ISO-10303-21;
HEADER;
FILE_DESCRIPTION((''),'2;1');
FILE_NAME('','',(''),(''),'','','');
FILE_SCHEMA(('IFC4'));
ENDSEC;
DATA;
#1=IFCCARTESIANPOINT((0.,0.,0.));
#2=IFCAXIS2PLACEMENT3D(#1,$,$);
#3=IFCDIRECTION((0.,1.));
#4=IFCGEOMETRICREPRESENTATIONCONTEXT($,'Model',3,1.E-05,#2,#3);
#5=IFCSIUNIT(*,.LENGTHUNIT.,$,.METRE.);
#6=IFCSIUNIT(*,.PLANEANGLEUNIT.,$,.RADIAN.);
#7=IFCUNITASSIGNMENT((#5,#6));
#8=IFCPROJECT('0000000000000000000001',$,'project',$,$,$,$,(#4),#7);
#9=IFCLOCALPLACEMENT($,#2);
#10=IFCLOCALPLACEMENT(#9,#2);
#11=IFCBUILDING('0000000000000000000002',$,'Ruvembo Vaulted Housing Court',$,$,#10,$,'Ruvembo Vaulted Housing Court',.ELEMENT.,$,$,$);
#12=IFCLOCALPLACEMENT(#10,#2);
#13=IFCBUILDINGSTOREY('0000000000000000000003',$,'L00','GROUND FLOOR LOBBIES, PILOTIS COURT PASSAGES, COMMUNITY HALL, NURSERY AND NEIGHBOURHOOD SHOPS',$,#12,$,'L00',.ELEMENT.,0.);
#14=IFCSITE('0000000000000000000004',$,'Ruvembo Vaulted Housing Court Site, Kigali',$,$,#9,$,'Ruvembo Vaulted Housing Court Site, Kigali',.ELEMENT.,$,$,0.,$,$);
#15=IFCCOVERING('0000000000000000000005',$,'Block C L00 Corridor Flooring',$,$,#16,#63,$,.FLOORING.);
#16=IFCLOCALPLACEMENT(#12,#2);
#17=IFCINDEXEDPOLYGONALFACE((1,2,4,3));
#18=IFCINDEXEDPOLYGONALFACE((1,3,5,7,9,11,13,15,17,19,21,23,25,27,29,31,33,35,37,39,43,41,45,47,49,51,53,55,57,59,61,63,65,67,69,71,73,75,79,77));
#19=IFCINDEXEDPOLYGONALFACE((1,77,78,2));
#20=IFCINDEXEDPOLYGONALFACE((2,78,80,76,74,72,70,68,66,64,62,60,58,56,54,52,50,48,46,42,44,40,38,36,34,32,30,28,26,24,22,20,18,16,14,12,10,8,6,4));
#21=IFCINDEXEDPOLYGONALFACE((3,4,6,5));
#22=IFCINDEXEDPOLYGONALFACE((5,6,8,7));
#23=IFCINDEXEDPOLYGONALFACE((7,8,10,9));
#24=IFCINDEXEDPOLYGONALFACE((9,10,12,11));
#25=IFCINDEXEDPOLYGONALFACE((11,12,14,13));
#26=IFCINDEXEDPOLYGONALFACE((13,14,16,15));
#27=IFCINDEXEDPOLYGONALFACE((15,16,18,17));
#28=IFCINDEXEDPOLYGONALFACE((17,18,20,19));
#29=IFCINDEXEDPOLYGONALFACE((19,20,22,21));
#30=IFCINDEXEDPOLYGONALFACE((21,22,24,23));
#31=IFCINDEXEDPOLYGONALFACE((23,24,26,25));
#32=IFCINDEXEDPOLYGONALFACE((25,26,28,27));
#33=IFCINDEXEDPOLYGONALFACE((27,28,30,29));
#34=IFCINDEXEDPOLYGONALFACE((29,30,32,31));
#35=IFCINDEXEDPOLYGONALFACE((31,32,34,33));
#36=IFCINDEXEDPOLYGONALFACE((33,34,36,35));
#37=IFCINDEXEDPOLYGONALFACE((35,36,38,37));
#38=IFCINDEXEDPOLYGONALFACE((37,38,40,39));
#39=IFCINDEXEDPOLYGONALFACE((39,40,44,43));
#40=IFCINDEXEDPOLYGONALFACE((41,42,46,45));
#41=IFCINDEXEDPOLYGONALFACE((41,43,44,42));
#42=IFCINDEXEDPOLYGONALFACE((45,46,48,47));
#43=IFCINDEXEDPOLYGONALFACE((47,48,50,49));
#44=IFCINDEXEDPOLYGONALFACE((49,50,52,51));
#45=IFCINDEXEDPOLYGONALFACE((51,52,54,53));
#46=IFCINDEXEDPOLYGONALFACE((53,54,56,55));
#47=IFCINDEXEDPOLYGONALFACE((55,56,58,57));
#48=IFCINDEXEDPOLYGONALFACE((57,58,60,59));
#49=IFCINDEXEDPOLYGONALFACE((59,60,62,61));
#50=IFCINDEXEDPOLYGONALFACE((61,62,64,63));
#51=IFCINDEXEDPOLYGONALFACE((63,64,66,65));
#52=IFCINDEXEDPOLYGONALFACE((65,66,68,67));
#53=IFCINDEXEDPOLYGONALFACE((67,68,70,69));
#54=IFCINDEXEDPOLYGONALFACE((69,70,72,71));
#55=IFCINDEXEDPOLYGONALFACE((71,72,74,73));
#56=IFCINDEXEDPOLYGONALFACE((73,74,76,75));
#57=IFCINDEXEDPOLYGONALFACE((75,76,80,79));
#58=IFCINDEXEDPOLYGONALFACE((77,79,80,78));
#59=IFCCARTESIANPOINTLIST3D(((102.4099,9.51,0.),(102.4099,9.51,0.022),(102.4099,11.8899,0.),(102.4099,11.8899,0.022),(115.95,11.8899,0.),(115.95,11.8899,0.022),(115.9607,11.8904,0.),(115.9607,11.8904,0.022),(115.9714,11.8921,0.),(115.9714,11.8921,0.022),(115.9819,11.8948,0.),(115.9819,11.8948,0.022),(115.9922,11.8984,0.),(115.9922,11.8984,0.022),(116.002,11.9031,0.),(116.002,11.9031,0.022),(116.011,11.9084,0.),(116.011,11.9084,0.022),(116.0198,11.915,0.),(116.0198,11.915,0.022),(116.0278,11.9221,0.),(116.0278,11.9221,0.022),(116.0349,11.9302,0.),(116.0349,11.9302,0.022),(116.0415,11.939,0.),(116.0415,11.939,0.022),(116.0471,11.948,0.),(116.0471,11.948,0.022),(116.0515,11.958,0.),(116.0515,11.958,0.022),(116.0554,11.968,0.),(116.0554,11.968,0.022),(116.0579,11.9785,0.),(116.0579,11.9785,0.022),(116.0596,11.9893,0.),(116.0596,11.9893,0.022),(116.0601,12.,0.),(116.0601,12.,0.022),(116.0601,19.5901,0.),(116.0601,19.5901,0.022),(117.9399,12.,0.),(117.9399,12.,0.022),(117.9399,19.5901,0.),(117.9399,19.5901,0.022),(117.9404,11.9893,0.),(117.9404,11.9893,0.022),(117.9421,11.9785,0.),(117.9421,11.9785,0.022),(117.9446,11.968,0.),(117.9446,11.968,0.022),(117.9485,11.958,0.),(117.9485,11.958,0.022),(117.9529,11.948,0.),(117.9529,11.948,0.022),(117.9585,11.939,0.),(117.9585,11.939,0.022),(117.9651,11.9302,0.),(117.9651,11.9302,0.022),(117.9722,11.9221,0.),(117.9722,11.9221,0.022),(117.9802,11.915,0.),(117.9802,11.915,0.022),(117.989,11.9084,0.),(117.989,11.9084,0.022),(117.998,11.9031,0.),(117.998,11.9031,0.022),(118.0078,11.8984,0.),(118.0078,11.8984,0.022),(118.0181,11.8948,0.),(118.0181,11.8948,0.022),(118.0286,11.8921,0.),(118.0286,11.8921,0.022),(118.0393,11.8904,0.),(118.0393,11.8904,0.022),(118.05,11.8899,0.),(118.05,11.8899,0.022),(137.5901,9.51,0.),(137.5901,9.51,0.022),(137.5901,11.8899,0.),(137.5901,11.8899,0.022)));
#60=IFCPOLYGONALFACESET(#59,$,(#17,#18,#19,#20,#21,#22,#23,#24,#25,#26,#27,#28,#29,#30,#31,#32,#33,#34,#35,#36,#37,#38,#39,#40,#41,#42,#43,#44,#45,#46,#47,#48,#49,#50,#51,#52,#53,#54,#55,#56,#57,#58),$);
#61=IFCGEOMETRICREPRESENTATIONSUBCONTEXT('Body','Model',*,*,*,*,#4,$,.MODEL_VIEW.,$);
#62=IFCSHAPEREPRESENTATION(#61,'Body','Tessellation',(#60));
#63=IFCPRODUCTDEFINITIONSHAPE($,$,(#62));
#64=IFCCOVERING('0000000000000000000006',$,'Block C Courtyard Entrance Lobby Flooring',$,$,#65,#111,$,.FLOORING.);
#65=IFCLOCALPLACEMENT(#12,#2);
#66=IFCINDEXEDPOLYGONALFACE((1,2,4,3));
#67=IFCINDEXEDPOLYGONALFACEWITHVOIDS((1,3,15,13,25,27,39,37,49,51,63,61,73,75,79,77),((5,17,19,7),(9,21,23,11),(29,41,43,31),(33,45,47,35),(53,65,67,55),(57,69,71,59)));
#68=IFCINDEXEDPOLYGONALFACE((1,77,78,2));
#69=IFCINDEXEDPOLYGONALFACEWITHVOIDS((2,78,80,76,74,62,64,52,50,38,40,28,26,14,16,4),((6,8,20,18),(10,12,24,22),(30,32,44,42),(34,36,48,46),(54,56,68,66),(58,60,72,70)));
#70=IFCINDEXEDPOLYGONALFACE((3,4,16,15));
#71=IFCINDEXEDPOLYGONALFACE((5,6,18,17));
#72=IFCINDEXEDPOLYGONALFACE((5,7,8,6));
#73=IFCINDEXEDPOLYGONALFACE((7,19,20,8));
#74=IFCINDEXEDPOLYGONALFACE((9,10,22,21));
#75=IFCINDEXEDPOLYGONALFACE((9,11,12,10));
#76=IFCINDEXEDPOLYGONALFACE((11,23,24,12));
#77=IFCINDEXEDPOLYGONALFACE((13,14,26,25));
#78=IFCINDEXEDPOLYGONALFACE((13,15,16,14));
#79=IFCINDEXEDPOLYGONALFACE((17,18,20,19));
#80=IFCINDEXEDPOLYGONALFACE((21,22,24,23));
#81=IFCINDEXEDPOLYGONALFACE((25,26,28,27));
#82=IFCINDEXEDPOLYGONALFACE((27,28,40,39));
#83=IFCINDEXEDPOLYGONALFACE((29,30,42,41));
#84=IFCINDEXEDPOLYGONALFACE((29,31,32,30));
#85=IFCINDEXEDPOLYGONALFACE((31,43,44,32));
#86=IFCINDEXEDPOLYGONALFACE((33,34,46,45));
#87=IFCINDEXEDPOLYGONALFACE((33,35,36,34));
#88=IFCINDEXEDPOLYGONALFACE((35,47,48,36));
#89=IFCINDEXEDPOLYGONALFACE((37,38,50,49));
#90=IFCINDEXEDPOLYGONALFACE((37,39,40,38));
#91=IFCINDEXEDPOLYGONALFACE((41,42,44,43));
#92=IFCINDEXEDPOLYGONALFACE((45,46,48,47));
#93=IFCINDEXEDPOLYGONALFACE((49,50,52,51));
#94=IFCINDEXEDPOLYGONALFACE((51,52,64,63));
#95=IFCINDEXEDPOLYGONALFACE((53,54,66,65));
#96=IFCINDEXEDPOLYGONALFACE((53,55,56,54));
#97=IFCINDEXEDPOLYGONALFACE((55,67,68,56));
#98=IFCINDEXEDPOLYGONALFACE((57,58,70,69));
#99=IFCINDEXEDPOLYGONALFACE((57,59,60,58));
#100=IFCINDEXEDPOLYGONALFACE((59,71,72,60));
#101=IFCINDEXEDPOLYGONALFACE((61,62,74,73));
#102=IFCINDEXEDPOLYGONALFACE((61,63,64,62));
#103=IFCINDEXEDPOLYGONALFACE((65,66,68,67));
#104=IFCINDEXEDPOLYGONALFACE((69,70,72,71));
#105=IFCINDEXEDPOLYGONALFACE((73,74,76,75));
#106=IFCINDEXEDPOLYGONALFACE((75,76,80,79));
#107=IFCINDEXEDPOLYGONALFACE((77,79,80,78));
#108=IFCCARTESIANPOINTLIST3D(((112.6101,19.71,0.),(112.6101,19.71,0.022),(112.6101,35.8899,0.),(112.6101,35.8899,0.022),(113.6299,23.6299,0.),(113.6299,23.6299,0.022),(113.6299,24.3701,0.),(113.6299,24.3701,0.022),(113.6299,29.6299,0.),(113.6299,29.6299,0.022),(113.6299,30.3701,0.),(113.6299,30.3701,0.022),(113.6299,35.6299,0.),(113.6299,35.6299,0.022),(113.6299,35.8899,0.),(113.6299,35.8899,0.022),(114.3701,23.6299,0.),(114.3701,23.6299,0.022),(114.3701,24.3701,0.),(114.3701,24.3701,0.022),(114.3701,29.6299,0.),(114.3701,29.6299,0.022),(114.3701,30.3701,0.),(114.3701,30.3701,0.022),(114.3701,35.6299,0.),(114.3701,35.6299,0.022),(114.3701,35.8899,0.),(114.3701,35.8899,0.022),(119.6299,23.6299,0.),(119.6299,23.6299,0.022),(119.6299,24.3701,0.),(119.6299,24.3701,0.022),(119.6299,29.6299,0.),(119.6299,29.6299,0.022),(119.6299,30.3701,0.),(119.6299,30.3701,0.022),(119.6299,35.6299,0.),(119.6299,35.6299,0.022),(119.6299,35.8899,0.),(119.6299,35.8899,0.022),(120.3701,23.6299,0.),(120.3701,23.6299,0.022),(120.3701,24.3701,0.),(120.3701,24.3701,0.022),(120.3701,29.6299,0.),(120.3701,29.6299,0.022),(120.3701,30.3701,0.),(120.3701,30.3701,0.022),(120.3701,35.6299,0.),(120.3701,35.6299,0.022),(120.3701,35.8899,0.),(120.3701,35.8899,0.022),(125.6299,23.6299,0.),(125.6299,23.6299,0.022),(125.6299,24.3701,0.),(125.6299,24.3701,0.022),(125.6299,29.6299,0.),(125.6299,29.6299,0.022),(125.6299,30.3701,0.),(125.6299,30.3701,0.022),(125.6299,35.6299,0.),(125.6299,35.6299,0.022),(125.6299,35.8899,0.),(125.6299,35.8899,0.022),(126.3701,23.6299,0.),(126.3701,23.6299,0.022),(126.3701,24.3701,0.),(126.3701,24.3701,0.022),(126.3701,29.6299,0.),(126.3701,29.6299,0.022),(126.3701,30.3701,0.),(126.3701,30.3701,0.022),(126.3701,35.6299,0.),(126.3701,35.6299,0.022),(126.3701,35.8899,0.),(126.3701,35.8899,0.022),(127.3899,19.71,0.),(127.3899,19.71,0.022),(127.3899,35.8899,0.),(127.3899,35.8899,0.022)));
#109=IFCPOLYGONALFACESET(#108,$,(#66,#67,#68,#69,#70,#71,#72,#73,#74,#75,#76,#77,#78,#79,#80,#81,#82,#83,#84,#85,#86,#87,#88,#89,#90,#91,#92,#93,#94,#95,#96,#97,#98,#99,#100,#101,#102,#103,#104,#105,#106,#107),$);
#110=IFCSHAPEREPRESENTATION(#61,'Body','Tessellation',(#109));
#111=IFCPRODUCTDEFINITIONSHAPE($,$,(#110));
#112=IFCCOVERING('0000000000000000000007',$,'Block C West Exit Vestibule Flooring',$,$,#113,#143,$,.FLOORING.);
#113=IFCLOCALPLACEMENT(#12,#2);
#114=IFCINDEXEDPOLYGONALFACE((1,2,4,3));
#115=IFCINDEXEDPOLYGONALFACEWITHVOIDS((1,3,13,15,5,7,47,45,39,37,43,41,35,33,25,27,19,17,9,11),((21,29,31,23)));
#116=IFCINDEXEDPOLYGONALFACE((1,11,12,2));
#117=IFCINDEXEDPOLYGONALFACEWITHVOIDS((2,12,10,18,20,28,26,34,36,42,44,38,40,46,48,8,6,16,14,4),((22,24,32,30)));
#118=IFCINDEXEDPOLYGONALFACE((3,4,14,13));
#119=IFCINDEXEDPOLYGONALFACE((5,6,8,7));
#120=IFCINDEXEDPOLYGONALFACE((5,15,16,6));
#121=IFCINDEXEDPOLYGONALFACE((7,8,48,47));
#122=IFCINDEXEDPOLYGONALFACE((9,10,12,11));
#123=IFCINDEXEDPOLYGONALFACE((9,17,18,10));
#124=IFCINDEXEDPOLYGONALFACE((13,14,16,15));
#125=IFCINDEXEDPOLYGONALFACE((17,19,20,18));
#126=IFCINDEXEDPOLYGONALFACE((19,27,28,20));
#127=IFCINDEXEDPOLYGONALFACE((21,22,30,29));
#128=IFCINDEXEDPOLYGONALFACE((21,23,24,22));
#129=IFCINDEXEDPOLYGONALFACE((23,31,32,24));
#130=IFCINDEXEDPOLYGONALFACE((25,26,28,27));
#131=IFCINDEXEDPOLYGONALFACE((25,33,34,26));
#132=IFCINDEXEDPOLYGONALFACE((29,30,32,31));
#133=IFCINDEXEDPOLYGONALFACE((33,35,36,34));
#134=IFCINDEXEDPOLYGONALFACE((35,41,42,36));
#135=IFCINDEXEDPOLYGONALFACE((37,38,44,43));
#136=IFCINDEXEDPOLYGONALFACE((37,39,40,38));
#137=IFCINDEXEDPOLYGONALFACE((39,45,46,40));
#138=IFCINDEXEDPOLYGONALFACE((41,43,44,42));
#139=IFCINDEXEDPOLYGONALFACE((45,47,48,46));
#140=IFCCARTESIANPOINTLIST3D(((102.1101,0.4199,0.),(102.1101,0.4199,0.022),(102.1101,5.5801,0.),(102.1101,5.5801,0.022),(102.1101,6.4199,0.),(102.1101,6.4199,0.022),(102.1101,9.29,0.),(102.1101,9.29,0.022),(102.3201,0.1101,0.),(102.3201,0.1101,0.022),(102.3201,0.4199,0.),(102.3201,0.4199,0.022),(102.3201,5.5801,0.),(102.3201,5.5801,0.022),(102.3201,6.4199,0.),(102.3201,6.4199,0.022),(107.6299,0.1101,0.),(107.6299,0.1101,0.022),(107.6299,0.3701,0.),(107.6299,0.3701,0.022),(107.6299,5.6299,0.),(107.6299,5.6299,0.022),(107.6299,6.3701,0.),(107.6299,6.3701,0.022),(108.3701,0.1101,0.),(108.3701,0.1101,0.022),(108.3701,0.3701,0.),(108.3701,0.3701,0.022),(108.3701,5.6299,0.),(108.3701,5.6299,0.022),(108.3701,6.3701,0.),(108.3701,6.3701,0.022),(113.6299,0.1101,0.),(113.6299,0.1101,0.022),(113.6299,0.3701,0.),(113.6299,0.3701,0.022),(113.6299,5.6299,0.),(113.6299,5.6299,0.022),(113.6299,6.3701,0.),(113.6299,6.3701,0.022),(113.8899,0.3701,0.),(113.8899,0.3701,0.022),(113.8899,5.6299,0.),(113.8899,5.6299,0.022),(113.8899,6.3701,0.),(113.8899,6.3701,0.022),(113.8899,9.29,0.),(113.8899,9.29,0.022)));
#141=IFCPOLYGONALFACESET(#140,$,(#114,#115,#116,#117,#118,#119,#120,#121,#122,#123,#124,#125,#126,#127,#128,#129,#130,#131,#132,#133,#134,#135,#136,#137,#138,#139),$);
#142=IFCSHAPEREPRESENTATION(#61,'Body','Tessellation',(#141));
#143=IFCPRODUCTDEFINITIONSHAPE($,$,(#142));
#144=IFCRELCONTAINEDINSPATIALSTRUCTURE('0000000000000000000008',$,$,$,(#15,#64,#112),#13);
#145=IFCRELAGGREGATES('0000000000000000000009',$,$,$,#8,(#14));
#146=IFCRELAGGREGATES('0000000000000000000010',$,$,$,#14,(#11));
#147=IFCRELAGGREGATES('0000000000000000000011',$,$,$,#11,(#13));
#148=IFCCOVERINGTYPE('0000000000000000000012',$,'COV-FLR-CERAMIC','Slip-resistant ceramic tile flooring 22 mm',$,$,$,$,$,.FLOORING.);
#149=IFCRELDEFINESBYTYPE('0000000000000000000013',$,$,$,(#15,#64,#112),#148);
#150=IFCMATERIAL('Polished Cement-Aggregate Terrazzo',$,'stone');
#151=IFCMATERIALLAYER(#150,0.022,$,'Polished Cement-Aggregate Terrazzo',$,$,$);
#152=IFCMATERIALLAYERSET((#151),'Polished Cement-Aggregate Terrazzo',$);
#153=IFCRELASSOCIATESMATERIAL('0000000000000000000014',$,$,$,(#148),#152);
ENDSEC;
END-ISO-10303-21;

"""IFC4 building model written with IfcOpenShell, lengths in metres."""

from ifc_helpers import new_model, si_unit, direction, origin, place, context, subcontext, project, spatial, polyline, outline, extrude, material, layer, layer_set, type_object, element, save


model = new_model("IFC4")

# Units and contexts
model_context = context("Model", 3, precision=1e-05, world=origin(), true_north=direction((0.0, 1.0)))
body_context = subcontext(model_context, "Body", "Model", "MODEL_VIEW")
ifc_project = project(units=[si_unit("LENGTHUNIT", "METRE"), si_unit("PLANEANGLEUNIT", "RADIAN")], contexts=[model_context])

# Site, building, storey
site_placement = place(None, origin())
site = spatial("IfcSite", under=ifc_project, at=site_placement, Name="Ruvembo Vaulted Housing Court Site, Kigali", LongName="Ruvembo Vaulted Housing Court Site, Kigali", CompositionType="ELEMENT", RefElevation=0.0)
building_placement = place(site_placement, origin())
building = spatial("IfcBuilding", under=site, at=building_placement, Name="Ruvembo Vaulted Housing Court", LongName="Ruvembo Vaulted Housing Court", CompositionType="ELEMENT")
storey_placement = place(building_placement, origin())
storey = spatial("IfcBuildingStorey", under=building, at=storey_placement, Name="L00", Description="GROUND FLOOR LOBBIES, PILOTIS COURT PASSAGES, COMMUNITY HALL, NURSERY AND NEIGHBOURHOOD SHOPS", LongName="L00", CompositionType="ELEMENT", Elevation=0.0)

# Coverings
ifc_material_1 = material(Name="Polished Cement-Aggregate Terrazzo", Category="stone")
ifc_layer_1 = layer(ifc_material_1, 0.022, Name="Polished Cement-Aggregate Terrazzo")
ifc_layer_set_1 = layer_set([ifc_layer_1], Name="Polished Cement-Aggregate Terrazzo")
covering_type_1 = type_object("IfcCoveringType", Name="COV-FLR-CERAMIC", Description="Slip-resistant ceramic tile flooring 22 mm", PredefinedType="FLOORING", material=ifc_layer_set_1)
covering_1_placement = place(storey_placement, origin())
element("IfcCovering", 1, at=covering_1_placement, inside=storey, type_object=covering_type_1, Name="Block C L00 Corridor Flooring", PredefinedType="FLOORING", context=body_context, shape_type="SweptSolid", body=[
    extrude(outline(polyline([(115.95, 11.8899), (102.4099, 11.8899), (102.4099, 9.51), (137.5901, 9.51), (137.5901, 11.8899), (118.05, 11.8899), (118.0393, 11.8904), (118.0286, 11.8921), (118.0181, 11.8948), (118.0078, 11.8984), (117.998, 11.9031), (117.989, 11.9084), (117.9802, 11.915), (117.9722, 11.9221), (117.9651, 11.9302), (117.9585, 11.939), (117.9529, 11.948), (117.9485, 11.958), (117.9446, 11.968), (117.9421, 11.9785), (117.9404, 11.9893), (117.9399, 12.0), (117.9399, 19.5901), (116.0601, 19.5901), (116.0601, 12.0), (116.0596, 11.9893), (116.0579, 11.9785), (116.0554, 11.968), (116.0515, 11.958), (116.0471, 11.948), (116.0415, 11.939), (116.0349, 11.9302), (116.0278, 11.9221), (116.0198, 11.915), (116.011, 11.9084), (116.002, 11.9031), (115.9922, 11.8984), (115.9819, 11.8948), (115.9714, 11.8921), (115.9607, 11.8904), (115.95, 11.8899)])), origin(), (0.0, 0.0, 1.0), 0.022),
])
covering_2_placement = place(storey_placement, origin())
element("IfcCovering", 2, at=covering_2_placement, inside=storey, type_object=covering_type_1, Name="Block C Courtyard Entrance Lobby Flooring", PredefinedType="FLOORING", context=body_context, shape_type="SweptSolid", body=[
    extrude(outline(polyline([(113.6299, 35.6299), (113.6299, 35.8899), (112.6101, 35.8899), (112.6101, 19.71), (127.3899, 19.71), (127.3899, 35.8899), (126.3701, 35.8899), (126.3701, 35.6299), (125.6299, 35.6299), (125.6299, 35.8899), (120.3701, 35.8899), (120.3701, 35.6299), (119.6299, 35.6299), (119.6299, 35.8899), (114.3701, 35.8899), (114.3701, 35.6299), (113.6299, 35.6299)]), holes=[polyline([(120.3701, 23.6299), (120.3701, 24.3701), (119.6299, 24.3701), (119.6299, 23.6299), (120.3701, 23.6299)]), polyline([(113.6299, 23.6299), (114.3701, 23.6299), (114.3701, 24.3701), (113.6299, 24.3701), (113.6299, 23.6299)]), polyline([(126.3701, 23.6299), (126.3701, 24.3701), (125.6299, 24.3701), (125.6299, 23.6299), (126.3701, 23.6299)]), polyline([(125.6299, 29.6299), (126.3701, 29.6299), (126.3701, 30.3701), (125.6299, 30.3701), (125.6299, 29.6299)]), polyline([(119.6299, 29.6299), (120.3701, 29.6299), (120.3701, 30.3701), (119.6299, 30.3701), (119.6299, 29.6299)]), polyline([(114.3701, 29.6299), (114.3701, 30.3701), (113.6299, 30.3701), (113.6299, 29.6299), (114.3701, 29.6299)])]), origin(), (0.0, 0.0, 1.0), 0.022),
])
covering_3_placement = place(storey_placement, origin())
element("IfcCovering", 3, at=covering_3_placement, inside=storey, type_object=covering_type_1, Name="Block C West Exit Vestibule Flooring", PredefinedType="FLOORING", context=body_context, shape_type="SweptSolid", body=[
    extrude(outline(polyline([(107.6299, 0.3701), (108.3701, 0.3701), (108.3701, 0.1101), (113.6299, 0.1101), (113.6299, 0.3701), (113.8899, 0.3701), (113.8899, 5.6299), (113.6299, 5.6299), (113.6299, 6.3701), (113.8899, 6.3701), (113.8899, 9.29), (102.1101, 9.29), (102.1101, 6.4199), (102.3201, 6.4199), (102.3201, 5.5801), (102.1101, 5.5801), (102.1101, 0.4199), (102.3201, 0.4199), (102.3201, 0.1101), (107.6299, 0.1101), (107.6299, 0.3701)]), holes=[polyline([(108.3701, 5.6299), (108.3701, 6.3701), (107.6299, 6.3701), (107.6299, 5.6299), (108.3701, 5.6299)])]), origin(), (0.0, 0.0, 1.0), 0.022),
])

save(model, "model.ifc")
